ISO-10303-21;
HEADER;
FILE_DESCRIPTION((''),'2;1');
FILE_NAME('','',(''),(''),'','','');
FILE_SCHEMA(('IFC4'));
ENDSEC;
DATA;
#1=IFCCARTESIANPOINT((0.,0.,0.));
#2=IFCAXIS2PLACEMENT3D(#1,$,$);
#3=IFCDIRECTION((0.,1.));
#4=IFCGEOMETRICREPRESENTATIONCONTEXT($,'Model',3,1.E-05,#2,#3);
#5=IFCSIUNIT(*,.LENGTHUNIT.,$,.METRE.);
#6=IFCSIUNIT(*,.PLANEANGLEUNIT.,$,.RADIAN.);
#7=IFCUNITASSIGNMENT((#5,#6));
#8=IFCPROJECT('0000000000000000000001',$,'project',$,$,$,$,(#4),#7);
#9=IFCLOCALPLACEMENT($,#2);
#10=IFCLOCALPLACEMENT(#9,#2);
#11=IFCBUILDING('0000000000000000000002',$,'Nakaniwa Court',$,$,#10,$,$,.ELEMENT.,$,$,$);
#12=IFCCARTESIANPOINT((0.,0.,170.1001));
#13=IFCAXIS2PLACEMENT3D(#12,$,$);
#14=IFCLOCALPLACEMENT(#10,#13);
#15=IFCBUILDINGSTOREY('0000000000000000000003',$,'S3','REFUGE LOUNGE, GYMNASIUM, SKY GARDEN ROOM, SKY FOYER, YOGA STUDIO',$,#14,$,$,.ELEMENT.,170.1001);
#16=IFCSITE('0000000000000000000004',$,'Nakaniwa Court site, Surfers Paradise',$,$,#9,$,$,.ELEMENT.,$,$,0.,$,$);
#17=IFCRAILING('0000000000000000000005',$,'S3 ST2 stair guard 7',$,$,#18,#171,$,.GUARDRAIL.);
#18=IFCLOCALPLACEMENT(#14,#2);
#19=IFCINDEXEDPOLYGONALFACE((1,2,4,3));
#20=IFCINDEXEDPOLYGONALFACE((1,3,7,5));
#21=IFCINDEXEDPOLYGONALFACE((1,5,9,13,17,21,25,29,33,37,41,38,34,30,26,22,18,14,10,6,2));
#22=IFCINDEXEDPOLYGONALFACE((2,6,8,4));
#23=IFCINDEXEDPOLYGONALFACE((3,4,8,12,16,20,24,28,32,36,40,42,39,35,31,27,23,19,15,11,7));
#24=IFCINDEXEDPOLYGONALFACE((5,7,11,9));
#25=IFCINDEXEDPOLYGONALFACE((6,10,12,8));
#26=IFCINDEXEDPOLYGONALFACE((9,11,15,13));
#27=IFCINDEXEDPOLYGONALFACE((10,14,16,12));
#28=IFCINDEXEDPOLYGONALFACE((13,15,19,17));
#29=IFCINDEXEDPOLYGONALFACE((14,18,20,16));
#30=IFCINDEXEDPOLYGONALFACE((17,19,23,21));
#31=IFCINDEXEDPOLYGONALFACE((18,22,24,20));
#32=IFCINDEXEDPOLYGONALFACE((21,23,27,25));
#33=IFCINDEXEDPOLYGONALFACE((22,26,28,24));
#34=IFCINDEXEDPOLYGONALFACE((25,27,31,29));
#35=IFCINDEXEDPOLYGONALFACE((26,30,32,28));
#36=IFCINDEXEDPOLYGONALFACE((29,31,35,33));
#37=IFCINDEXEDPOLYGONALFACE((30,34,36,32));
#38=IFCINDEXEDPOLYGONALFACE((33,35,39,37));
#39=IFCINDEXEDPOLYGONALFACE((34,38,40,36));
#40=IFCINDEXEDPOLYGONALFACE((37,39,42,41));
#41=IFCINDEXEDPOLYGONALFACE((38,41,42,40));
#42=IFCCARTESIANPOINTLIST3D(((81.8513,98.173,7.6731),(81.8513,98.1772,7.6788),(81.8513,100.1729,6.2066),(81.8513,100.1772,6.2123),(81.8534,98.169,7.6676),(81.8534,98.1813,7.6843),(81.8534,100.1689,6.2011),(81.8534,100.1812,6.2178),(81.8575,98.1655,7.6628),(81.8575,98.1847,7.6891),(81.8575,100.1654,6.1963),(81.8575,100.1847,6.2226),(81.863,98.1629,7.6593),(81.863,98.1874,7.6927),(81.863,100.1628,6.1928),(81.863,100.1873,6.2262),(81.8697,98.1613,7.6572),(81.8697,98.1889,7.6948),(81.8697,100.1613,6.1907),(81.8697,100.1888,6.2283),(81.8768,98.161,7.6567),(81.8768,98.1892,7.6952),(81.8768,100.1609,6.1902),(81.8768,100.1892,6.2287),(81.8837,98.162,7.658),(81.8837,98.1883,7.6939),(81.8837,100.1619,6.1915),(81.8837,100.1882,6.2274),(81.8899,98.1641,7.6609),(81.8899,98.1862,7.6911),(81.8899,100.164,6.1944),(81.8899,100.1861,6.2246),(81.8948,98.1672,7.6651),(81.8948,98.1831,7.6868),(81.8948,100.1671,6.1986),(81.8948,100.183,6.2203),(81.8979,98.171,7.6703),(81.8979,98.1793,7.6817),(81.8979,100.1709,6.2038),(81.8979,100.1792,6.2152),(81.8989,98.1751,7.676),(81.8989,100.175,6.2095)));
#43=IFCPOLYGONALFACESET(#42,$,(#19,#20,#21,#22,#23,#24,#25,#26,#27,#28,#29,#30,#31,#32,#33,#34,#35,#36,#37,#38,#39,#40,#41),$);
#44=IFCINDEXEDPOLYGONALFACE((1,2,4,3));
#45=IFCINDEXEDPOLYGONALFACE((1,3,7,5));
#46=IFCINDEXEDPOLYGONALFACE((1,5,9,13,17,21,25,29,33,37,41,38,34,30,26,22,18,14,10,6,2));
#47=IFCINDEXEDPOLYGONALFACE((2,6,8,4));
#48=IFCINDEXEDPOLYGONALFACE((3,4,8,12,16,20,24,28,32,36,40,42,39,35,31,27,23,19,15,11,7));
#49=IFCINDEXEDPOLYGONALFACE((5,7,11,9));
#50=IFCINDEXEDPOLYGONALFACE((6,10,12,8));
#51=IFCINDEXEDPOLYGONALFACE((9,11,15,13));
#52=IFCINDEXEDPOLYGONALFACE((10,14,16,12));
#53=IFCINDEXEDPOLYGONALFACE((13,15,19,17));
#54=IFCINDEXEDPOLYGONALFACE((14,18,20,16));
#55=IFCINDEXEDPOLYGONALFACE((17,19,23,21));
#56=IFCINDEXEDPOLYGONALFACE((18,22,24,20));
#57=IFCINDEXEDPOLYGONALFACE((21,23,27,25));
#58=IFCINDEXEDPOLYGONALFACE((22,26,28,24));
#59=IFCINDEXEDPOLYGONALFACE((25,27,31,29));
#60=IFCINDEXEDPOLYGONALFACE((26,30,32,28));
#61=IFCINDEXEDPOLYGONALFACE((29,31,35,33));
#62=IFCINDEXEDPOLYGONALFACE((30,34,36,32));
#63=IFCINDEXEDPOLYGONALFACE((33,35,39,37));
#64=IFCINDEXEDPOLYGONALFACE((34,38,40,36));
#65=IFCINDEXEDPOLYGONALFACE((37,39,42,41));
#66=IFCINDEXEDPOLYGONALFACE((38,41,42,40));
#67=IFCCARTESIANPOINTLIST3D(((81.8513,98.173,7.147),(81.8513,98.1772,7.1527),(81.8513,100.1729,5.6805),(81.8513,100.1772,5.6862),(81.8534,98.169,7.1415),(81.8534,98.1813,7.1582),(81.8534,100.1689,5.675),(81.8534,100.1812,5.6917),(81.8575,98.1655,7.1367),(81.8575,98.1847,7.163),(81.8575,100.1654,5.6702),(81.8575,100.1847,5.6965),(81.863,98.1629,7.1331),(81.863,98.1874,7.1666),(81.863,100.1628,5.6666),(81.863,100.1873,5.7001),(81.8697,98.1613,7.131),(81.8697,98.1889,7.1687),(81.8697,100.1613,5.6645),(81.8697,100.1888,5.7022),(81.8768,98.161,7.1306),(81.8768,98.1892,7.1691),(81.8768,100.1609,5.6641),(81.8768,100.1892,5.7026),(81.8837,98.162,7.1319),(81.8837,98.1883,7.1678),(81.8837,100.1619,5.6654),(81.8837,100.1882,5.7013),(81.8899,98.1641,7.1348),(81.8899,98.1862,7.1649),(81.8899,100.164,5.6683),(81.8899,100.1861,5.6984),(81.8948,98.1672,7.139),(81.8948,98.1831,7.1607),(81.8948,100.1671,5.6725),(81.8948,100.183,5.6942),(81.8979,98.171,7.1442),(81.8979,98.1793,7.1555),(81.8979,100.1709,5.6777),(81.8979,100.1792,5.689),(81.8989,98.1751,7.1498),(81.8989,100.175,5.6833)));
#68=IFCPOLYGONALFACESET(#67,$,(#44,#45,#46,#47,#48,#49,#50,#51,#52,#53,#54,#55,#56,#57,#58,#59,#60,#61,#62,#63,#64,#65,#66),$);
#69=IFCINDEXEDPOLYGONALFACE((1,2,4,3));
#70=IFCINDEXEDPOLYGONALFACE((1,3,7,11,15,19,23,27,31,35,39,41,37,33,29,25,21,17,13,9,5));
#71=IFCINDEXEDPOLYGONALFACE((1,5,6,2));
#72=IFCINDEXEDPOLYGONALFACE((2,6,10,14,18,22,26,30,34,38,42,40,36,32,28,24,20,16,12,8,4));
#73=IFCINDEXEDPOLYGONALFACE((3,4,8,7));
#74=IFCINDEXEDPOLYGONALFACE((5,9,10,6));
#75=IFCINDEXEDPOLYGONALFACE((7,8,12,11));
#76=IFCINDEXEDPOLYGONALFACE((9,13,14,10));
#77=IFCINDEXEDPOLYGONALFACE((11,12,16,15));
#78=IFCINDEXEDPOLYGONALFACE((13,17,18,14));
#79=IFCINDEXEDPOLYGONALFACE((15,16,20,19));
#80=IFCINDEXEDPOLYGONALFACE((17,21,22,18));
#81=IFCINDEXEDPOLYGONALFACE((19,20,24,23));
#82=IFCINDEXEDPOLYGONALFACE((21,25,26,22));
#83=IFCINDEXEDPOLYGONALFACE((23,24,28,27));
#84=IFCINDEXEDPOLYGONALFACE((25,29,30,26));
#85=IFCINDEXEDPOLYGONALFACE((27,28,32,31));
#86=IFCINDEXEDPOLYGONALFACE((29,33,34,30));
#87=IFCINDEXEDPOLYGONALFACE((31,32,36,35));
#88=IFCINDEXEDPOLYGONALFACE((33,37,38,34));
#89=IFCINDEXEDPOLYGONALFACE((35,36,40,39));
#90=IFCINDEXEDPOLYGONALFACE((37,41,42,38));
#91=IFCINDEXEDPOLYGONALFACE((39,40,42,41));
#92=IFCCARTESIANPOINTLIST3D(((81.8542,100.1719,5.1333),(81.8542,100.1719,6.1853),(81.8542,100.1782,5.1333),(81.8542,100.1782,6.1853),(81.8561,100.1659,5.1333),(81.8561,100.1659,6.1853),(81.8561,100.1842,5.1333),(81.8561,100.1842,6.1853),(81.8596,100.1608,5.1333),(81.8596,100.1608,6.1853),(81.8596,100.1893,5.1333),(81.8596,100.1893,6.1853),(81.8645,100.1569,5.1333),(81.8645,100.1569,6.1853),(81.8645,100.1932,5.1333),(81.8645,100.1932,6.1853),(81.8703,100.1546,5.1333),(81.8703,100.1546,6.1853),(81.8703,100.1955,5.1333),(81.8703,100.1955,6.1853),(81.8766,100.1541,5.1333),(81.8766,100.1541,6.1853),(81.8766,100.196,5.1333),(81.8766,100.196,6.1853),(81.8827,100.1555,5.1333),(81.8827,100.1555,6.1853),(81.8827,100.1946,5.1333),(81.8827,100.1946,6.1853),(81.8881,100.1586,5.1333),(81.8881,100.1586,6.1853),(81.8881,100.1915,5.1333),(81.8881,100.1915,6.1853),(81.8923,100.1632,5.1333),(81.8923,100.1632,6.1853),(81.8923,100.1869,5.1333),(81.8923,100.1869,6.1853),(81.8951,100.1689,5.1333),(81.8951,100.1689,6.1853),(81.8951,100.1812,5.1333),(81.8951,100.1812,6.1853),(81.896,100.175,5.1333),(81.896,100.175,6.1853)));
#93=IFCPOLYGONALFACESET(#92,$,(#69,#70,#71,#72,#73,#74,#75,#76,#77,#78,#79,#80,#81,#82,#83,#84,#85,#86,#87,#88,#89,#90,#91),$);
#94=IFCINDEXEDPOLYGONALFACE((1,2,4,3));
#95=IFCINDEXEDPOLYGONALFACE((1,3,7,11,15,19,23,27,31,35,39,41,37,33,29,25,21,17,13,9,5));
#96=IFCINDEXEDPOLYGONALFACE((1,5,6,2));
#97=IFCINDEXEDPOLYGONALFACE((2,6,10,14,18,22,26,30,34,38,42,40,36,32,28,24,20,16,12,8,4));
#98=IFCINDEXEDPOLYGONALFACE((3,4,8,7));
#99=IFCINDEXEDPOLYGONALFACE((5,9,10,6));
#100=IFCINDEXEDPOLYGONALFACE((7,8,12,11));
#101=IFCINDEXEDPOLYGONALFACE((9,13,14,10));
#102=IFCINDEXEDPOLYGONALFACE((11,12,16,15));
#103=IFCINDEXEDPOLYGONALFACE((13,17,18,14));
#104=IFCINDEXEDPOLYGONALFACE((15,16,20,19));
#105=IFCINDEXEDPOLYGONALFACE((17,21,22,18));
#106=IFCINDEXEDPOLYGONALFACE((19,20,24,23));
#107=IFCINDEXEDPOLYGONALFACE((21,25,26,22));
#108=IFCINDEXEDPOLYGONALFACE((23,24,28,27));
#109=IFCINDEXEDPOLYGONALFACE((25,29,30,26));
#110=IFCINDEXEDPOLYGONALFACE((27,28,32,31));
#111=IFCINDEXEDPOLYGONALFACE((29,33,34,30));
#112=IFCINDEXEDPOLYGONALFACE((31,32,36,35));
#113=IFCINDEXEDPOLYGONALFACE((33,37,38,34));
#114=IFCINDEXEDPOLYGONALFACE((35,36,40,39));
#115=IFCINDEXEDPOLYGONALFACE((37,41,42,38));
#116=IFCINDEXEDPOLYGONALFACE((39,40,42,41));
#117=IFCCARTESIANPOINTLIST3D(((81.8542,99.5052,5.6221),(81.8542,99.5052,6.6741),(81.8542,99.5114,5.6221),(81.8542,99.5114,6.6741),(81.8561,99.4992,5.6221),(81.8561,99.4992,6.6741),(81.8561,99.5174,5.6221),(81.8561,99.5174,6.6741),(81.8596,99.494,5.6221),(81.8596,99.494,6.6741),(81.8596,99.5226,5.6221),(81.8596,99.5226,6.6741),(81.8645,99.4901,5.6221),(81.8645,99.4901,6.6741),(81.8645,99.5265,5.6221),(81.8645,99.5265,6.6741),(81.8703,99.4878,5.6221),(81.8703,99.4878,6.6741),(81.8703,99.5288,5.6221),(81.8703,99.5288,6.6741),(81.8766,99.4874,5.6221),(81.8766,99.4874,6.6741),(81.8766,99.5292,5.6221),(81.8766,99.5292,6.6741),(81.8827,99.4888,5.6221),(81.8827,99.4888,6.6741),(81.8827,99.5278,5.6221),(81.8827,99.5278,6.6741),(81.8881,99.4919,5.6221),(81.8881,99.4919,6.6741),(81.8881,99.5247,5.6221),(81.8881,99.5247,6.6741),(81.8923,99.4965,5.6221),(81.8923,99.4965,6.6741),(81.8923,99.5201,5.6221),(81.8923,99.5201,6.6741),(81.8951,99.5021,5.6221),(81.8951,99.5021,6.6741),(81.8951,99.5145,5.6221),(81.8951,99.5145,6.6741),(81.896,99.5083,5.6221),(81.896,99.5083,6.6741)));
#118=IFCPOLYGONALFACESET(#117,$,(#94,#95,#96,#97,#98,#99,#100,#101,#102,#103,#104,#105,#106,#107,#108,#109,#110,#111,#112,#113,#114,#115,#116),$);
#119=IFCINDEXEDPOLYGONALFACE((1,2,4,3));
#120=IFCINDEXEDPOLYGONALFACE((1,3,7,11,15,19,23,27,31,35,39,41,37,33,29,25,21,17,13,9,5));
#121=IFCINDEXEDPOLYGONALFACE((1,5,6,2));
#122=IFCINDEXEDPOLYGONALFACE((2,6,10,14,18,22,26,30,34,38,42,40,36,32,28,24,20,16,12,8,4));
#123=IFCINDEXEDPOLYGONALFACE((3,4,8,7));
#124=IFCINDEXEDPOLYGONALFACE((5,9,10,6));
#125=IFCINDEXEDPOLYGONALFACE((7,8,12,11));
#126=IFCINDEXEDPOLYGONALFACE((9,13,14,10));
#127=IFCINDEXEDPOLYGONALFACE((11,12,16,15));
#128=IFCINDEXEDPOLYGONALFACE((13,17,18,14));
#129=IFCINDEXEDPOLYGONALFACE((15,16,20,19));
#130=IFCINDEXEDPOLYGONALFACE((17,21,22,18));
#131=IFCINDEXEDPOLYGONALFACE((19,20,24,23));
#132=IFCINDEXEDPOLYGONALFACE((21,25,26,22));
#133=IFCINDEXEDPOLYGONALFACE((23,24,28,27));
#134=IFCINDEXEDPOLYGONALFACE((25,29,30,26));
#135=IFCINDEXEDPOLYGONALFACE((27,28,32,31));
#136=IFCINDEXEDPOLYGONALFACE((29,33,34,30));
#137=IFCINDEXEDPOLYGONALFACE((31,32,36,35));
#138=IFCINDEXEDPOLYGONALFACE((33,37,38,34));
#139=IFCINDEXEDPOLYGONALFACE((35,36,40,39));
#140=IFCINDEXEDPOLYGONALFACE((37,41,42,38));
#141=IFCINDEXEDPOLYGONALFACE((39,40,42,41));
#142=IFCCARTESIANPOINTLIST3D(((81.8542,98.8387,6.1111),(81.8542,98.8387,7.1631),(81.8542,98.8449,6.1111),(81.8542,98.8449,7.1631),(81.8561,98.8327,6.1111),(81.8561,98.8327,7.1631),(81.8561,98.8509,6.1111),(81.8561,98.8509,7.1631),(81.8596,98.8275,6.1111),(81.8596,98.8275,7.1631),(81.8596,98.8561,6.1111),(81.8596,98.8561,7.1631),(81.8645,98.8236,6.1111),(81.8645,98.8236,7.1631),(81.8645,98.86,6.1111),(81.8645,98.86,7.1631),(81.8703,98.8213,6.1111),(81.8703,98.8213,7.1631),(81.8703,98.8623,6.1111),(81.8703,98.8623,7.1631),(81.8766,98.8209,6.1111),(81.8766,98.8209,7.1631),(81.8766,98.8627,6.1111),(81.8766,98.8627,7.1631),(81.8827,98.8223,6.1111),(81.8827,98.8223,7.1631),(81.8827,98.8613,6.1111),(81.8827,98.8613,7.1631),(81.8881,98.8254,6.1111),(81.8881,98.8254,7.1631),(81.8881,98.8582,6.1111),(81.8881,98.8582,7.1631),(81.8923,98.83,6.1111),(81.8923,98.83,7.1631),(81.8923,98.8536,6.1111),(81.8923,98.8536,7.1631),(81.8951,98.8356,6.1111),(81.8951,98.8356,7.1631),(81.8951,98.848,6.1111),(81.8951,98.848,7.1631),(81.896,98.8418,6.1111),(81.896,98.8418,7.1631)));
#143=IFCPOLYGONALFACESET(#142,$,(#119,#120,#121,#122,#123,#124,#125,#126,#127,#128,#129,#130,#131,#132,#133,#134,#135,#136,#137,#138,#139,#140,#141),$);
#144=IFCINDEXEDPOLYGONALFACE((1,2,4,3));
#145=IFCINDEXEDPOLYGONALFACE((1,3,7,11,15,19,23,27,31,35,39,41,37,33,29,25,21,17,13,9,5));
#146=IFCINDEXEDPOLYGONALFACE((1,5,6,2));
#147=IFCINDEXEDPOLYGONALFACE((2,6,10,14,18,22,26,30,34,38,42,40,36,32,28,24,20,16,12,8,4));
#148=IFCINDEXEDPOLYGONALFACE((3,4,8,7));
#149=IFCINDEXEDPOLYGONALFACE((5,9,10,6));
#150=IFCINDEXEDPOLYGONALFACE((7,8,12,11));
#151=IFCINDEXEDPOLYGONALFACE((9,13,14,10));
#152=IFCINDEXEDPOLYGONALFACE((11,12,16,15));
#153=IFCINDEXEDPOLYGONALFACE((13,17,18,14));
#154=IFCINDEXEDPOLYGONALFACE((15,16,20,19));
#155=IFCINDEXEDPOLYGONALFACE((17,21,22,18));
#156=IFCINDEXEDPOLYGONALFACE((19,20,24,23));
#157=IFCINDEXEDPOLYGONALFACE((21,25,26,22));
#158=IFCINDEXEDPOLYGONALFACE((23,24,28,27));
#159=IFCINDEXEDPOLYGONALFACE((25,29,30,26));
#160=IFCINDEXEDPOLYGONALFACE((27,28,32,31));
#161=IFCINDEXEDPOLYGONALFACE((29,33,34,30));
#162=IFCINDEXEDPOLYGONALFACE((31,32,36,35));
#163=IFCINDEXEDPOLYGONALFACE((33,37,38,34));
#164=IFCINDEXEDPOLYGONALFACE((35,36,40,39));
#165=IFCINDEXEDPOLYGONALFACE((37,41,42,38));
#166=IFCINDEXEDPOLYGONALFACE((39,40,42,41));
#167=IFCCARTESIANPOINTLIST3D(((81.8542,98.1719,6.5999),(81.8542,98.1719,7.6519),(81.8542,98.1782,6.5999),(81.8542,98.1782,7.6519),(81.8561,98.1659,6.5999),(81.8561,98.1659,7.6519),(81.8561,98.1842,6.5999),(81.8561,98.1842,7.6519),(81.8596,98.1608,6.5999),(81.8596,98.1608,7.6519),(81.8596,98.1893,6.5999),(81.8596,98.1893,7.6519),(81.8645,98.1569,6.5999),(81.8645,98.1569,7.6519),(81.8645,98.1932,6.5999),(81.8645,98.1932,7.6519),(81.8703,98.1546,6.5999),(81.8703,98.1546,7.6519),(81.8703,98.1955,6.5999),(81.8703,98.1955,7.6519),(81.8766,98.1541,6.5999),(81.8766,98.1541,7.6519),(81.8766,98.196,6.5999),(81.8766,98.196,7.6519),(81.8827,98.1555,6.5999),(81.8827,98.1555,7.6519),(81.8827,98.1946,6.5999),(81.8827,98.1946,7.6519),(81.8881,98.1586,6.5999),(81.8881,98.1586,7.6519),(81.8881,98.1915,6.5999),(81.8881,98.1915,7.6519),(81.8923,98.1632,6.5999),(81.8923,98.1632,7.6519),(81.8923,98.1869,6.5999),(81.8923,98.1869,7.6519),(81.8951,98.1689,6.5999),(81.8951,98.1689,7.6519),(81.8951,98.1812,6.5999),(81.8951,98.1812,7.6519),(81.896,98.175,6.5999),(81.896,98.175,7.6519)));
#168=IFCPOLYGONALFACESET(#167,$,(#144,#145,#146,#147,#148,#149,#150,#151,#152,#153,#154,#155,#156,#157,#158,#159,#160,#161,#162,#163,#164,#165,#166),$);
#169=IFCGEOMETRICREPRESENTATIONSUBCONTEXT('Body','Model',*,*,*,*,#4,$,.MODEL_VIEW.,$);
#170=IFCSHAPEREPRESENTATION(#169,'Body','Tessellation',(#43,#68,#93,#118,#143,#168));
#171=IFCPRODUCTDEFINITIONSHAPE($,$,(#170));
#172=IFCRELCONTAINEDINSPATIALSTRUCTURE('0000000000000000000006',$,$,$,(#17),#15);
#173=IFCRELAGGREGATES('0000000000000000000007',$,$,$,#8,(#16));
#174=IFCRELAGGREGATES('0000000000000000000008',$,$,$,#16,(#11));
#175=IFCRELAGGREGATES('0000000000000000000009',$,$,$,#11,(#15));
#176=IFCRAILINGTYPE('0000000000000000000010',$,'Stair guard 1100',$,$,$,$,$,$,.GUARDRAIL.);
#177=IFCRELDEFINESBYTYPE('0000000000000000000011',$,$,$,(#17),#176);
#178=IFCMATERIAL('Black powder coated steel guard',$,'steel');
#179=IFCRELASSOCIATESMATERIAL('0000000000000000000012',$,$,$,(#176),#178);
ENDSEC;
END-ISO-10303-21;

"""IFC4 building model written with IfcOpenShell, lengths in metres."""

from ifc_helpers import new_model, si_unit, direction, frame, origin, origin_2d, place, context, subcontext, project, spatial, circle, extrude, material, type_object, element, save


model = new_model("IFC4")

# Units and contexts
model_context = context("Model", 3, precision=1e-05, world=origin(), true_north=direction((0.0, 1.0)))
body_context = subcontext(model_context, "Body", "Model", "MODEL_VIEW")
ifc_project = project(units=[si_unit("LENGTHUNIT", "METRE"), si_unit("PLANEANGLEUNIT", "RADIAN")], contexts=[model_context])

# Site, building, storey
site_placement = place(None, origin())
site = spatial("IfcSite", under=ifc_project, at=site_placement, Name="Nakaniwa Court site, Surfers Paradise", CompositionType="ELEMENT", RefElevation=0.0)
building_placement = place(site_placement, origin())
building = spatial("IfcBuilding", under=site, at=building_placement, Name="Nakaniwa Court", CompositionType="ELEMENT")
storey_placement = place(building_placement, frame((0.0, 0.0, 170.1001)))
storey = spatial("IfcBuildingStorey", under=building, at=storey_placement, Name="S3", Description="REFUGE LOUNGE, GYMNASIUM, SKY GARDEN ROOM, SKY FOYER, YOGA STUDIO", CompositionType="ELEMENT", Elevation=170.1001)

# Railing
ifc_material_1 = material(Name="Black powder coated steel guard", Category="steel")
railing_type_1 = type_object("IfcRailingType", Name="Stair guard 1100", PredefinedType="GUARDRAIL", material=ifc_material_1)
railing_1_placement = place(storey_placement, frame((81.875, 100.175, 5.1333)))
element("IfcRailing", 1, at=railing_1_placement, inside=storey, type_object=railing_type_1, Name="S3 ST2 stair guard 7", PredefinedType="GUARDRAIL", context=body_context, shape_type="SweptSolid", body=[
    extrude(circle(Radius=0.0239, at=origin_2d()), frame((0.0, 0.0, 1.0762), z_axis=(0.0, -0.806427, 0.591334), x_axis=(1.0, 0.0, 0.0)), (0.0, 0.0, 1.0), 2.48),
    extrude(circle(Radius=0.0239, at=origin_2d()), frame((0.0, 0.0, 0.55), z_axis=(0.0, -0.806427, 0.591334), x_axis=(1.0, 0.0, 0.0)), (0.0, 0.0, 1.0), 2.48),
    extrude(circle(Radius=0.021, at=origin_2d()), origin(), (0.0, 0.0, 1.0), 1.052),
    extrude(circle(Radius=0.021, at=origin_2d()), frame((0.0, -0.6667, 0.4888)), (0.0, 0.0, 1.0), 1.052),
    extrude(circle(Radius=0.021, at=origin_2d()), frame((0.0, -1.3333, 0.9778)), (0.0, 0.0, 1.0), 1.052),
    extrude(circle(Radius=0.021, at=origin_2d()), frame((0.0, -2.0, 1.4666)), (0.0, 0.0, 1.0), 1.052),
])

save(model, "model.ifc")
